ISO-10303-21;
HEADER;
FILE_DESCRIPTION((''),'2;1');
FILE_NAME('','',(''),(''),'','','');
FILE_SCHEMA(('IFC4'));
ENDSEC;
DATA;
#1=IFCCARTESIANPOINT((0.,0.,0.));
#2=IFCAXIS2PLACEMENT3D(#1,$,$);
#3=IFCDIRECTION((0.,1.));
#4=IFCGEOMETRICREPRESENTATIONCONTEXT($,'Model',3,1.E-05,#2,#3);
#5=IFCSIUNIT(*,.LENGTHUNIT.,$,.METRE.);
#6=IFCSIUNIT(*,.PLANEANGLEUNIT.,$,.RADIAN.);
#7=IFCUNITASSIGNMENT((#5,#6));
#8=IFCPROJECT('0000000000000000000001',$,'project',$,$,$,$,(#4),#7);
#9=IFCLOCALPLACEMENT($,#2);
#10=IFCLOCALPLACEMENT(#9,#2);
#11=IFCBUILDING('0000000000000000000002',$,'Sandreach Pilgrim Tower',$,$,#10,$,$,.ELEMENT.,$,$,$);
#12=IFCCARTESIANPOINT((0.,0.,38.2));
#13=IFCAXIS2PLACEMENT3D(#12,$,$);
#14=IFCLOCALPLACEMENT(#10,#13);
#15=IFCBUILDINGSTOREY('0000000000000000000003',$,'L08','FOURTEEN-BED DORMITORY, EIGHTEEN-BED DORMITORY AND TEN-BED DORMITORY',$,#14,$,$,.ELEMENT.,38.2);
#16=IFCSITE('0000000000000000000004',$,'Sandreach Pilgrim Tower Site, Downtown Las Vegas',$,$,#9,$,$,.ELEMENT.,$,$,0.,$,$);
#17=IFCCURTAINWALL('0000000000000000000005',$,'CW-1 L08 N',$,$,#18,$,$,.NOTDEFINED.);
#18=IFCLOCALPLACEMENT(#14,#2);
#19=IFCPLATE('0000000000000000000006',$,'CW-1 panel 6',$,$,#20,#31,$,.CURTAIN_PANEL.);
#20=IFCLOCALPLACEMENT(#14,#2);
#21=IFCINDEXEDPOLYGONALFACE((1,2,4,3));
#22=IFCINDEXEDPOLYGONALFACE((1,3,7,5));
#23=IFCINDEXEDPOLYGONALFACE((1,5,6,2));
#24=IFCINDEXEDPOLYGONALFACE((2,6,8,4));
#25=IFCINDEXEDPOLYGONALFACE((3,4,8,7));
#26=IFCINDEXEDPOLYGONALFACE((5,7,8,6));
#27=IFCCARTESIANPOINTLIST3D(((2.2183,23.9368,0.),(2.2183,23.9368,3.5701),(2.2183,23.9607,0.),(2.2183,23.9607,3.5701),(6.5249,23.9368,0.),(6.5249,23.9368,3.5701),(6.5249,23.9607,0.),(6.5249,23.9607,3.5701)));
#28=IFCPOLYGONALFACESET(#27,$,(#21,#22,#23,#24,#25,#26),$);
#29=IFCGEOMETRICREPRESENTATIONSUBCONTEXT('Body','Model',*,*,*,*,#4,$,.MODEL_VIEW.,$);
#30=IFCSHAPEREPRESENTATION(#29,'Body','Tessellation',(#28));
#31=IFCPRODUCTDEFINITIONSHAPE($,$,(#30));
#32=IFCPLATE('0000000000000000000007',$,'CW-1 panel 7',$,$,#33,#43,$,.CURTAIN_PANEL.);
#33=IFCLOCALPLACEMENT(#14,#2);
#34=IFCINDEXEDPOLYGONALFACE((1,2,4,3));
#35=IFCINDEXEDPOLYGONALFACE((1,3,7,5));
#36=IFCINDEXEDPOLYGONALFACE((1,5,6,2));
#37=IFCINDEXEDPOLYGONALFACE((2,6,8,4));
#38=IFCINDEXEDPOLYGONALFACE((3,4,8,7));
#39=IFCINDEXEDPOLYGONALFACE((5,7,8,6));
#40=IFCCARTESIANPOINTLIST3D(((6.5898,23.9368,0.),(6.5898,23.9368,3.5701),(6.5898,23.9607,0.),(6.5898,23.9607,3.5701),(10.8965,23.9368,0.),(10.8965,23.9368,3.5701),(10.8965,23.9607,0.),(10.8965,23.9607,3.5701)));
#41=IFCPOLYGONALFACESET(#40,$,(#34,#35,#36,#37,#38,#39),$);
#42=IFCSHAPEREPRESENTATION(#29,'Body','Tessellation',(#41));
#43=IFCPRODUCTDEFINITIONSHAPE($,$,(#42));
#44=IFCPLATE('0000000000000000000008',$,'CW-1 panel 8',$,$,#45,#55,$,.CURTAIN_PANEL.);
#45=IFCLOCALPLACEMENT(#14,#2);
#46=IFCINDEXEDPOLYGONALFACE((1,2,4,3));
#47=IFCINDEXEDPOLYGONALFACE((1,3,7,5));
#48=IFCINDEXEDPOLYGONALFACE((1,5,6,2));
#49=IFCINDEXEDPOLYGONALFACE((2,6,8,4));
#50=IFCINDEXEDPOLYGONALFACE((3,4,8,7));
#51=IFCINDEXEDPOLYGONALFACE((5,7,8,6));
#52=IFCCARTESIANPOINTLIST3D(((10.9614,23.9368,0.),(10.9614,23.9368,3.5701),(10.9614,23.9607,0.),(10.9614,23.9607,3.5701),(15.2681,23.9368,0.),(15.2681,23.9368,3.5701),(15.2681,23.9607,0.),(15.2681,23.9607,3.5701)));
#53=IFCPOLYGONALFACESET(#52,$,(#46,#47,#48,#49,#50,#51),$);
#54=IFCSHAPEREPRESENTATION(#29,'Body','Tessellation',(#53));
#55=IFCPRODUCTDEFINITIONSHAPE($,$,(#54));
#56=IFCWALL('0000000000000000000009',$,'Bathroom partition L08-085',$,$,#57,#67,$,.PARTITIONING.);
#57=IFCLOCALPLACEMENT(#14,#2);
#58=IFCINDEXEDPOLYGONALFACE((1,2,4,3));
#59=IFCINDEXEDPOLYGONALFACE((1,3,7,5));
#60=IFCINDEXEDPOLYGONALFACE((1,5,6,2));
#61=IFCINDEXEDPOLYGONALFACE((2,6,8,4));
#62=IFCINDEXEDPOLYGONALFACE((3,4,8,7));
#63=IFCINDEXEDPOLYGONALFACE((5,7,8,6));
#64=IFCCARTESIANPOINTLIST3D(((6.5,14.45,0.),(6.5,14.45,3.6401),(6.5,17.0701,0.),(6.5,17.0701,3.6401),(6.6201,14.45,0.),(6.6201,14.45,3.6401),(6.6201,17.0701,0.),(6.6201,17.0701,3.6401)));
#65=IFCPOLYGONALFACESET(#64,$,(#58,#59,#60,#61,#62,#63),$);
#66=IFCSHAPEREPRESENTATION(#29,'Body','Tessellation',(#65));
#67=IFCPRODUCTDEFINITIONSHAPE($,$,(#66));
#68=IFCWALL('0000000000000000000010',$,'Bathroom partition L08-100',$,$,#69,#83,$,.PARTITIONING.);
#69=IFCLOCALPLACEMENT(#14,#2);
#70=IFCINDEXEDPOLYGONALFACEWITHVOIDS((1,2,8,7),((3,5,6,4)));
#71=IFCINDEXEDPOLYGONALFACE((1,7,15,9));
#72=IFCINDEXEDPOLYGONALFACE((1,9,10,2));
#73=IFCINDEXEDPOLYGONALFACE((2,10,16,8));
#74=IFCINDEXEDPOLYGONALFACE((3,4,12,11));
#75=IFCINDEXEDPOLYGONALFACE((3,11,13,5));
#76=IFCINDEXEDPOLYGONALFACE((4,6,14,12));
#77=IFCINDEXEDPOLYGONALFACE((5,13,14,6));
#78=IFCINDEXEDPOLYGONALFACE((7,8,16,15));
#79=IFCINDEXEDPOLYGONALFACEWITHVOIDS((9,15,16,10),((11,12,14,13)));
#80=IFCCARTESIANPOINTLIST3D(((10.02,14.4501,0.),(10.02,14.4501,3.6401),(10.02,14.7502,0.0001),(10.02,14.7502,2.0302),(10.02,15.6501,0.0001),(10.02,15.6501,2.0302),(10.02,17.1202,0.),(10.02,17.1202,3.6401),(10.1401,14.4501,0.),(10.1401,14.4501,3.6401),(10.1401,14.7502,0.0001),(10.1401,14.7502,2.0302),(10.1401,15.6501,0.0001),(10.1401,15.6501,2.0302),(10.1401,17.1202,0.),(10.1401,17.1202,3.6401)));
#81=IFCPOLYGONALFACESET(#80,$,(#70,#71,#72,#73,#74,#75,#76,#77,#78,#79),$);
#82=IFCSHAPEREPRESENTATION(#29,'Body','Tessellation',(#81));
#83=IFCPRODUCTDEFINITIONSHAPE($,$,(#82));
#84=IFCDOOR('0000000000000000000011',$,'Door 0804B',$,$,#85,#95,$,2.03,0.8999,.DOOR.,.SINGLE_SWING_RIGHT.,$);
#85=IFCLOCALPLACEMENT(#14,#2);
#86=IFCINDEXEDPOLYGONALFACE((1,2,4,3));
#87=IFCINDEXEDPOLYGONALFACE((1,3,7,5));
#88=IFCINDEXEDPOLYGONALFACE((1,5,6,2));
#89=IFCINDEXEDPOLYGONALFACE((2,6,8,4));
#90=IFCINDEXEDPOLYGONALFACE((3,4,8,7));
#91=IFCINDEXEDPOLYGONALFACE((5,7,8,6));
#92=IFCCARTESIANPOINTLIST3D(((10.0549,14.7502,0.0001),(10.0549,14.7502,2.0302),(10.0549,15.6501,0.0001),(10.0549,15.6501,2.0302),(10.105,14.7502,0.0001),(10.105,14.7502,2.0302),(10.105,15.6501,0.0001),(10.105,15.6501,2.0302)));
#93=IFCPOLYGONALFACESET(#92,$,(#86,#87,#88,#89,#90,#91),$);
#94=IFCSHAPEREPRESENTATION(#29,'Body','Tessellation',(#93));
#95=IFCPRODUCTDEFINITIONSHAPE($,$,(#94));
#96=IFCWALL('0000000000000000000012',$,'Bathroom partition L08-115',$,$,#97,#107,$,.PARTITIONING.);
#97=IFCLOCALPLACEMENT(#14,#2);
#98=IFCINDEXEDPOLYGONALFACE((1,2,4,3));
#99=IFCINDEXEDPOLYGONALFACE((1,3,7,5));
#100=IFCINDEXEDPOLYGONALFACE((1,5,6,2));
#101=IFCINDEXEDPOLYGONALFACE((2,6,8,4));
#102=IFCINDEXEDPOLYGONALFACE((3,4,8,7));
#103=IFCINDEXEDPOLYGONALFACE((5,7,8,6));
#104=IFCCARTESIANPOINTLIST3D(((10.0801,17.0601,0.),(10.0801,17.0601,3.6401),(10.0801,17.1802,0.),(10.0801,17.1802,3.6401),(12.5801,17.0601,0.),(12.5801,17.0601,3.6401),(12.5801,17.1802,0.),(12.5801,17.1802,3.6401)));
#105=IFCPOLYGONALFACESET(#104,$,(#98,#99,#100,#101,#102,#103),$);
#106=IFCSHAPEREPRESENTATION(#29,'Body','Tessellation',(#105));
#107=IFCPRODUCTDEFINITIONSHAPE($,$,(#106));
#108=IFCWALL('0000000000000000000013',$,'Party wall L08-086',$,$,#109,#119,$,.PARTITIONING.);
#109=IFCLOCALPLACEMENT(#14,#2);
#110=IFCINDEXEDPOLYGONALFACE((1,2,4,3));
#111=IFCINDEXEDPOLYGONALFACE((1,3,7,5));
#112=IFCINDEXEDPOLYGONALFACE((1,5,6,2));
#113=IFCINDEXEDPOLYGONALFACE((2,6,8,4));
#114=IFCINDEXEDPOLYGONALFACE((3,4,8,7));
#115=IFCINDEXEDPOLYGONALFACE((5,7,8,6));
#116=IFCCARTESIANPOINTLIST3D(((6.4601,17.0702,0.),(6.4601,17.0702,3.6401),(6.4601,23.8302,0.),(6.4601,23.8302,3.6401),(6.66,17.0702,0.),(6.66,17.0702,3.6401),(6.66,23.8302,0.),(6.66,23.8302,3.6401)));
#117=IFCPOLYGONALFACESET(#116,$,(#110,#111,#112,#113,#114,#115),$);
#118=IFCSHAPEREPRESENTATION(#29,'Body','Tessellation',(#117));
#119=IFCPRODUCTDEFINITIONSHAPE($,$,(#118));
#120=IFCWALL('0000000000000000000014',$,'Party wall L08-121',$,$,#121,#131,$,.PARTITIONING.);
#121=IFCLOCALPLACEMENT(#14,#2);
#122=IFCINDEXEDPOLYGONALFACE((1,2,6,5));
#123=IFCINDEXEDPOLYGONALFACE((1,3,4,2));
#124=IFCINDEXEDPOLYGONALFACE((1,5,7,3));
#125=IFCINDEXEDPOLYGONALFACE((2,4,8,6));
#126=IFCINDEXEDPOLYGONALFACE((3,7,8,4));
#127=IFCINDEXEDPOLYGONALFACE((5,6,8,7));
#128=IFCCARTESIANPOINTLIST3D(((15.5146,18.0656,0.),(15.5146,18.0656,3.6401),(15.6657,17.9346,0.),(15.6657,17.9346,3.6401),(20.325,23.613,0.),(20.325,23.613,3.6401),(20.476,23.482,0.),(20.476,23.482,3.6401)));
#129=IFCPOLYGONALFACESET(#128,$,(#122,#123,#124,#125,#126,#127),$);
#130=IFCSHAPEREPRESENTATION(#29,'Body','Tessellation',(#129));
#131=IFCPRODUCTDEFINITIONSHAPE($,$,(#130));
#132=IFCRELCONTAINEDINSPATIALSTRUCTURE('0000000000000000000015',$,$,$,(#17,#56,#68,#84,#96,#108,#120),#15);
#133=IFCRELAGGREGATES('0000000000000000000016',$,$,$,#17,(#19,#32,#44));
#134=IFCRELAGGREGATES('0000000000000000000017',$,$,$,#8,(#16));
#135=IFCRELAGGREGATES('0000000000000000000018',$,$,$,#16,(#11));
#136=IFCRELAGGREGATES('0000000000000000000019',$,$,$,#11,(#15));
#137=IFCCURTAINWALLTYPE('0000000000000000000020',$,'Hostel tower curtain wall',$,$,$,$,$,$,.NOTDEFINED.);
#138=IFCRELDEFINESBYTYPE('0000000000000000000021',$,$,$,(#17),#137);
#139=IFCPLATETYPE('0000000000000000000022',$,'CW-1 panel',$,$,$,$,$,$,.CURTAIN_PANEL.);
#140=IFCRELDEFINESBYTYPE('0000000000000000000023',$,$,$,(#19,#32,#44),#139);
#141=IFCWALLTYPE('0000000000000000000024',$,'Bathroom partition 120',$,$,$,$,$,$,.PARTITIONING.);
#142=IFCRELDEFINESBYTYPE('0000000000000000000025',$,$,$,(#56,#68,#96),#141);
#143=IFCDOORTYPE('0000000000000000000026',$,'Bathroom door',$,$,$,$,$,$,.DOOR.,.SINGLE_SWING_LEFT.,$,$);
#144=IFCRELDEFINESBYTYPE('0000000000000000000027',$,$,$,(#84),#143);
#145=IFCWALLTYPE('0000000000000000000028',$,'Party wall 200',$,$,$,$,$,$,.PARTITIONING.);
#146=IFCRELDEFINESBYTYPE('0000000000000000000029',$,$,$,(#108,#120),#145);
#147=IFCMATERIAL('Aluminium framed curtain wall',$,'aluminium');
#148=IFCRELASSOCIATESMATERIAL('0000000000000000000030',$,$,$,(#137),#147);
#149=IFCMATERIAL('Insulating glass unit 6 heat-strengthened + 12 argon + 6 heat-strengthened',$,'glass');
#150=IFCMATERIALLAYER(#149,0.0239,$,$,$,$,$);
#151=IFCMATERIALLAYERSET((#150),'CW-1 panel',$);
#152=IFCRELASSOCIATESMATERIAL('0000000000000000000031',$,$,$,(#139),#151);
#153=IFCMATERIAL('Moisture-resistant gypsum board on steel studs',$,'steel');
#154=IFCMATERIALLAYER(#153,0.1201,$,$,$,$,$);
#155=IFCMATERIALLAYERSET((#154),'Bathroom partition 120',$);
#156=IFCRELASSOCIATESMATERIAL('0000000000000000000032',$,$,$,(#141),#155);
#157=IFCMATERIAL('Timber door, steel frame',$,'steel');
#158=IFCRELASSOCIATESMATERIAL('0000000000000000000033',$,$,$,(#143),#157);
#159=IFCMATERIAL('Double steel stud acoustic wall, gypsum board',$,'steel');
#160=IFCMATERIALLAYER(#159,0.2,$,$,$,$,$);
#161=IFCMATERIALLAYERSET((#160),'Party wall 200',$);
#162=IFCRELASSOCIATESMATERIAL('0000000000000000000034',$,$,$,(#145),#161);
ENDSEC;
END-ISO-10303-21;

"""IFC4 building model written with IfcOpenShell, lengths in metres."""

from ifc_helpers import new_model, si_unit, direction, frame, frame_2d, origin, origin_2d, place, context, subcontext, project, spatial, rectangle, extrude, material, layer, layer_set, type_object, element, fill, aggregate, save


model = new_model("IFC4")

# Units and contexts
model_context = context("Model", 3, precision=1e-05, world=origin(), true_north=direction((0.0, 1.0)))
body_context = subcontext(model_context, "Body", "Model", "MODEL_VIEW")
ifc_project = project(units=[si_unit("LENGTHUNIT", "METRE"), si_unit("PLANEANGLEUNIT", "RADIAN")], contexts=[model_context])

# Site, building, storey
site_placement = place(None, origin())
site = spatial("IfcSite", under=ifc_project, at=site_placement, Name="Sandreach Pilgrim Tower Site, Downtown Las Vegas", CompositionType="ELEMENT", RefElevation=0.0)
building_placement = place(site_placement, origin())
building = spatial("IfcBuilding", under=site, at=building_placement, Name="Sandreach Pilgrim Tower", CompositionType="ELEMENT")
storey_placement = place(building_placement, frame((0.0, 0.0, 38.2)))
storey = spatial("IfcBuildingStorey", under=building, at=storey_placement, Name="L08", Description="FOURTEEN-BED DORMITORY, EIGHTEEN-BED DORMITORY AND TEN-BED DORMITORY", CompositionType="ELEMENT", Elevation=38.2)

# Curtain wall
ifc_material_1 = material(Name="Aluminium framed curtain wall", Category="aluminium")
curtain_wall_type = type_object("IfcCurtainWallType", Name="Hostel tower curtain wall", PredefinedType="NOTDEFINED", material=ifc_material_1)
curtain_wall_placement = place(storey_placement, origin())
curtain_wall = element("IfcCurtainWall", 1, at=curtain_wall_placement, inside=storey, type_object=curtain_wall_type, Name="CW-1 L08 N", PredefinedType="NOTDEFINED")

# Plates
ifc_material_2 = material(Name="Insulating glass unit 6 heat-strengthened + 12 argon + 6 heat-strengthened", Category="glass")
ifc_layer_1 = layer(ifc_material_2, 0.0239)
ifc_layer_set_1 = layer_set([ifc_layer_1], Name="CW-1 panel")
plate_type = type_object("IfcPlateType", Name="CW-1 panel", PredefinedType="CURTAIN_PANEL", material=ifc_layer_set_1)
plate_1_placement = place(storey_placement, frame((4.3716, 23.9487, 0.0), z_axis=(0.0, 0.0, 1.0), x_axis=(1.0, 0.0, 0.0)))
plate_1 = element("IfcPlate", 2, at=plate_1_placement, type_object=plate_type, Name="CW-1 panel 6", PredefinedType="CURTAIN_PANEL", context=body_context, shape_type="SweptSolid", body=[
    extrude(rectangle(XDim=4.3066, YDim=0.0239, at=origin_2d()), origin(), (0.0, 0.0, 1.0), 3.5701),
])
plate_2_placement = place(storey_placement, frame((8.7432, 23.9487, 0.0), z_axis=(0.0, 0.0, 1.0), x_axis=(1.0, 0.0, 0.0)))
plate_2 = element("IfcPlate", 3, at=plate_2_placement, type_object=plate_type, Name="CW-1 panel 7", PredefinedType="CURTAIN_PANEL", context=body_context, shape_type="SweptSolid", body=[
    extrude(rectangle(XDim=4.3066, YDim=0.0239, at=origin_2d()), origin(), (0.0, 0.0, 1.0), 3.5701),
])
plate_3_placement = place(storey_placement, frame((13.1147, 23.9487, 0.0), z_axis=(0.0, 0.0, 1.0), x_axis=(1.0, 0.0, 0.0)))
plate_3 = element("IfcPlate", 4, at=plate_3_placement, type_object=plate_type, Name="CW-1 panel 8", PredefinedType="CURTAIN_PANEL", context=body_context, shape_type="SweptSolid", body=[
    extrude(rectangle(XDim=4.3066, YDim=0.0239, at=origin_2d()), origin(), (0.0, 0.0, 1.0), 3.5701),
])
aggregate(curtain_wall, [plate_1, plate_2, plate_3])

# Wall
ifc_material_3 = material(Name="Moisture-resistant gypsum board on steel studs", Category="steel")
ifc_layer_2 = layer(ifc_material_3, 0.1201)
ifc_layer_set_2 = layer_set([ifc_layer_2], Name="Bathroom partition 120")
wall_type_1 = type_object("IfcWallType", Name="Bathroom partition 120", PredefinedType="PARTITIONING", material=ifc_layer_set_2)
wall_1_placement = place(storey_placement, frame((6.5601, 17.0701, 0.0), z_axis=(0.0, 0.0, 1.0), x_axis=(0.0, -1.0, 0.0)))
element("IfcWall", 5, at=wall_1_placement, inside=storey, type_object=wall_type_1, Name="Bathroom partition L08-085", PredefinedType="PARTITIONING", context=body_context, shape_type="SweptSolid", body=[
    extrude(rectangle(XDim=2.6201, YDim=0.1201, at=frame_2d((1.3101, 0.0))), origin(), (0.0, 0.0, 1.0), 3.6401),
])

# Wall, opening, door
wall_2_placement = place(storey_placement, frame((10.0801, 17.1201, 0.0), z_axis=(0.0, 0.0, 1.0), x_axis=(0.0, -1.0, 0.0)))
wall_2 = element("IfcWall", 6, at=wall_2_placement, inside=storey, type_object=wall_type_1, Name="Bathroom partition L08-100", PredefinedType="PARTITIONING", context=body_context, shape_type="SweptSolid", body=[
    extrude(rectangle(XDim=2.6702, YDim=0.1201, at=frame_2d((1.335, 0.0))), origin(), (0.0, 0.0, 1.0), 3.6401),
])
opening_placement = place(wall_2_placement, frame((1.47, 0.0, 0.0)))
opening = element("IfcOpeningElement", 7, at=opening_placement, cuts=wall_2, PredefinedType="OPENING", context=body_context, shape_type="SweptSolid", body=[
    extrude(rectangle(XDim=0.8999, YDim=2.03, at=frame_2d((0.45, 1.0151))), frame((0.0, 0.0601, 0.0), z_axis=(0.0, -1.0, 0.0), x_axis=(1.0, 0.0, 0.0)), (0.0, 0.0, 1.0), 0.1201),
])
ifc_material_4 = material(Name="Timber door, steel frame", Category="steel")
door_type = type_object("IfcDoorType", Name="Bathroom door", OperationType="SINGLE_SWING_LEFT", PredefinedType="DOOR", material=ifc_material_4)
door_placement = place(opening_placement, origin())
door = element("IfcDoor", 8, at=door_placement, inside=storey, type_object=door_type, Name="Door 0804B", OperationType="SINGLE_SWING_RIGHT", OverallHeight=2.03, OverallWidth=0.8999, PredefinedType="DOOR", context=body_context, shape_type="SweptSolid", body=[
    extrude(rectangle(XDim=0.8999, YDim=2.03, at=frame_2d((0.45, 1.0151))), frame((0.0, 0.0249, 0.0), z_axis=(0.0, -1.0, 0.0), x_axis=(1.0, 0.0, 0.0)), (0.0, 0.0, 1.0), 0.05),
])
fill(opening, door)

# Walls
wall_3_placement = place(storey_placement, frame((12.5801, 17.1201, 0.0), z_axis=(0.0, 0.0, 1.0), x_axis=(-1.0, 0.0, 0.0)))
element("IfcWall", 9, at=wall_3_placement, inside=storey, type_object=wall_type_1, Name="Bathroom partition L08-115", PredefinedType="PARTITIONING", context=body_context, shape_type="SweptSolid", body=[
    extrude(rectangle(XDim=2.5, YDim=0.1201, at=frame_2d((1.25, 0.0))), origin(), (0.0, 0.0, 1.0), 3.6401),
])
ifc_material_5 = material(Name="Double steel stud acoustic wall, gypsum board", Category="steel")
ifc_layer_3 = layer(ifc_material_5, 0.2)
ifc_layer_set_3 = layer_set([ifc_layer_3], Name="Party wall 200")
wall_type_2 = type_object("IfcWallType", Name="Party wall 200", PredefinedType="PARTITIONING", material=ifc_layer_set_3)
wall_4_placement = place(storey_placement, frame((6.5601, 23.8301, 0.0), z_axis=(0.0, 0.0, 1.0), x_axis=(0.0, -1.0, 0.0)))
element("IfcWall", 10, at=wall_4_placement, inside=storey, type_object=wall_type_2, Name="Party wall L08-086", PredefinedType="PARTITIONING", context=body_context, shape_type="SweptSolid", body=[
    extrude(rectangle(XDim=6.76, YDim=0.2, at=frame_2d((3.3799, 0.0))), origin(), (0.0, 0.0, 1.0), 3.6401),
])
wall_5_placement = place(storey_placement, frame((15.5901, 18.0, 0.0), z_axis=(0.0, 0.0, 1.0), x_axis=(0.655132, 0.755515, 0.0)))
element("IfcWall", 11, at=wall_5_placement, inside=storey, type_object=wall_type_2, Name="Party wall L08-121", PredefinedType="PARTITIONING", context=body_context, shape_type="SweptSolid", body=[
    extrude(rectangle(XDim=7.3425, YDim=0.2, at=frame_2d((3.6714, 0.0))), origin(), (0.0, 0.0, 1.0), 3.6401),
])

save(model, "model.ifc")
